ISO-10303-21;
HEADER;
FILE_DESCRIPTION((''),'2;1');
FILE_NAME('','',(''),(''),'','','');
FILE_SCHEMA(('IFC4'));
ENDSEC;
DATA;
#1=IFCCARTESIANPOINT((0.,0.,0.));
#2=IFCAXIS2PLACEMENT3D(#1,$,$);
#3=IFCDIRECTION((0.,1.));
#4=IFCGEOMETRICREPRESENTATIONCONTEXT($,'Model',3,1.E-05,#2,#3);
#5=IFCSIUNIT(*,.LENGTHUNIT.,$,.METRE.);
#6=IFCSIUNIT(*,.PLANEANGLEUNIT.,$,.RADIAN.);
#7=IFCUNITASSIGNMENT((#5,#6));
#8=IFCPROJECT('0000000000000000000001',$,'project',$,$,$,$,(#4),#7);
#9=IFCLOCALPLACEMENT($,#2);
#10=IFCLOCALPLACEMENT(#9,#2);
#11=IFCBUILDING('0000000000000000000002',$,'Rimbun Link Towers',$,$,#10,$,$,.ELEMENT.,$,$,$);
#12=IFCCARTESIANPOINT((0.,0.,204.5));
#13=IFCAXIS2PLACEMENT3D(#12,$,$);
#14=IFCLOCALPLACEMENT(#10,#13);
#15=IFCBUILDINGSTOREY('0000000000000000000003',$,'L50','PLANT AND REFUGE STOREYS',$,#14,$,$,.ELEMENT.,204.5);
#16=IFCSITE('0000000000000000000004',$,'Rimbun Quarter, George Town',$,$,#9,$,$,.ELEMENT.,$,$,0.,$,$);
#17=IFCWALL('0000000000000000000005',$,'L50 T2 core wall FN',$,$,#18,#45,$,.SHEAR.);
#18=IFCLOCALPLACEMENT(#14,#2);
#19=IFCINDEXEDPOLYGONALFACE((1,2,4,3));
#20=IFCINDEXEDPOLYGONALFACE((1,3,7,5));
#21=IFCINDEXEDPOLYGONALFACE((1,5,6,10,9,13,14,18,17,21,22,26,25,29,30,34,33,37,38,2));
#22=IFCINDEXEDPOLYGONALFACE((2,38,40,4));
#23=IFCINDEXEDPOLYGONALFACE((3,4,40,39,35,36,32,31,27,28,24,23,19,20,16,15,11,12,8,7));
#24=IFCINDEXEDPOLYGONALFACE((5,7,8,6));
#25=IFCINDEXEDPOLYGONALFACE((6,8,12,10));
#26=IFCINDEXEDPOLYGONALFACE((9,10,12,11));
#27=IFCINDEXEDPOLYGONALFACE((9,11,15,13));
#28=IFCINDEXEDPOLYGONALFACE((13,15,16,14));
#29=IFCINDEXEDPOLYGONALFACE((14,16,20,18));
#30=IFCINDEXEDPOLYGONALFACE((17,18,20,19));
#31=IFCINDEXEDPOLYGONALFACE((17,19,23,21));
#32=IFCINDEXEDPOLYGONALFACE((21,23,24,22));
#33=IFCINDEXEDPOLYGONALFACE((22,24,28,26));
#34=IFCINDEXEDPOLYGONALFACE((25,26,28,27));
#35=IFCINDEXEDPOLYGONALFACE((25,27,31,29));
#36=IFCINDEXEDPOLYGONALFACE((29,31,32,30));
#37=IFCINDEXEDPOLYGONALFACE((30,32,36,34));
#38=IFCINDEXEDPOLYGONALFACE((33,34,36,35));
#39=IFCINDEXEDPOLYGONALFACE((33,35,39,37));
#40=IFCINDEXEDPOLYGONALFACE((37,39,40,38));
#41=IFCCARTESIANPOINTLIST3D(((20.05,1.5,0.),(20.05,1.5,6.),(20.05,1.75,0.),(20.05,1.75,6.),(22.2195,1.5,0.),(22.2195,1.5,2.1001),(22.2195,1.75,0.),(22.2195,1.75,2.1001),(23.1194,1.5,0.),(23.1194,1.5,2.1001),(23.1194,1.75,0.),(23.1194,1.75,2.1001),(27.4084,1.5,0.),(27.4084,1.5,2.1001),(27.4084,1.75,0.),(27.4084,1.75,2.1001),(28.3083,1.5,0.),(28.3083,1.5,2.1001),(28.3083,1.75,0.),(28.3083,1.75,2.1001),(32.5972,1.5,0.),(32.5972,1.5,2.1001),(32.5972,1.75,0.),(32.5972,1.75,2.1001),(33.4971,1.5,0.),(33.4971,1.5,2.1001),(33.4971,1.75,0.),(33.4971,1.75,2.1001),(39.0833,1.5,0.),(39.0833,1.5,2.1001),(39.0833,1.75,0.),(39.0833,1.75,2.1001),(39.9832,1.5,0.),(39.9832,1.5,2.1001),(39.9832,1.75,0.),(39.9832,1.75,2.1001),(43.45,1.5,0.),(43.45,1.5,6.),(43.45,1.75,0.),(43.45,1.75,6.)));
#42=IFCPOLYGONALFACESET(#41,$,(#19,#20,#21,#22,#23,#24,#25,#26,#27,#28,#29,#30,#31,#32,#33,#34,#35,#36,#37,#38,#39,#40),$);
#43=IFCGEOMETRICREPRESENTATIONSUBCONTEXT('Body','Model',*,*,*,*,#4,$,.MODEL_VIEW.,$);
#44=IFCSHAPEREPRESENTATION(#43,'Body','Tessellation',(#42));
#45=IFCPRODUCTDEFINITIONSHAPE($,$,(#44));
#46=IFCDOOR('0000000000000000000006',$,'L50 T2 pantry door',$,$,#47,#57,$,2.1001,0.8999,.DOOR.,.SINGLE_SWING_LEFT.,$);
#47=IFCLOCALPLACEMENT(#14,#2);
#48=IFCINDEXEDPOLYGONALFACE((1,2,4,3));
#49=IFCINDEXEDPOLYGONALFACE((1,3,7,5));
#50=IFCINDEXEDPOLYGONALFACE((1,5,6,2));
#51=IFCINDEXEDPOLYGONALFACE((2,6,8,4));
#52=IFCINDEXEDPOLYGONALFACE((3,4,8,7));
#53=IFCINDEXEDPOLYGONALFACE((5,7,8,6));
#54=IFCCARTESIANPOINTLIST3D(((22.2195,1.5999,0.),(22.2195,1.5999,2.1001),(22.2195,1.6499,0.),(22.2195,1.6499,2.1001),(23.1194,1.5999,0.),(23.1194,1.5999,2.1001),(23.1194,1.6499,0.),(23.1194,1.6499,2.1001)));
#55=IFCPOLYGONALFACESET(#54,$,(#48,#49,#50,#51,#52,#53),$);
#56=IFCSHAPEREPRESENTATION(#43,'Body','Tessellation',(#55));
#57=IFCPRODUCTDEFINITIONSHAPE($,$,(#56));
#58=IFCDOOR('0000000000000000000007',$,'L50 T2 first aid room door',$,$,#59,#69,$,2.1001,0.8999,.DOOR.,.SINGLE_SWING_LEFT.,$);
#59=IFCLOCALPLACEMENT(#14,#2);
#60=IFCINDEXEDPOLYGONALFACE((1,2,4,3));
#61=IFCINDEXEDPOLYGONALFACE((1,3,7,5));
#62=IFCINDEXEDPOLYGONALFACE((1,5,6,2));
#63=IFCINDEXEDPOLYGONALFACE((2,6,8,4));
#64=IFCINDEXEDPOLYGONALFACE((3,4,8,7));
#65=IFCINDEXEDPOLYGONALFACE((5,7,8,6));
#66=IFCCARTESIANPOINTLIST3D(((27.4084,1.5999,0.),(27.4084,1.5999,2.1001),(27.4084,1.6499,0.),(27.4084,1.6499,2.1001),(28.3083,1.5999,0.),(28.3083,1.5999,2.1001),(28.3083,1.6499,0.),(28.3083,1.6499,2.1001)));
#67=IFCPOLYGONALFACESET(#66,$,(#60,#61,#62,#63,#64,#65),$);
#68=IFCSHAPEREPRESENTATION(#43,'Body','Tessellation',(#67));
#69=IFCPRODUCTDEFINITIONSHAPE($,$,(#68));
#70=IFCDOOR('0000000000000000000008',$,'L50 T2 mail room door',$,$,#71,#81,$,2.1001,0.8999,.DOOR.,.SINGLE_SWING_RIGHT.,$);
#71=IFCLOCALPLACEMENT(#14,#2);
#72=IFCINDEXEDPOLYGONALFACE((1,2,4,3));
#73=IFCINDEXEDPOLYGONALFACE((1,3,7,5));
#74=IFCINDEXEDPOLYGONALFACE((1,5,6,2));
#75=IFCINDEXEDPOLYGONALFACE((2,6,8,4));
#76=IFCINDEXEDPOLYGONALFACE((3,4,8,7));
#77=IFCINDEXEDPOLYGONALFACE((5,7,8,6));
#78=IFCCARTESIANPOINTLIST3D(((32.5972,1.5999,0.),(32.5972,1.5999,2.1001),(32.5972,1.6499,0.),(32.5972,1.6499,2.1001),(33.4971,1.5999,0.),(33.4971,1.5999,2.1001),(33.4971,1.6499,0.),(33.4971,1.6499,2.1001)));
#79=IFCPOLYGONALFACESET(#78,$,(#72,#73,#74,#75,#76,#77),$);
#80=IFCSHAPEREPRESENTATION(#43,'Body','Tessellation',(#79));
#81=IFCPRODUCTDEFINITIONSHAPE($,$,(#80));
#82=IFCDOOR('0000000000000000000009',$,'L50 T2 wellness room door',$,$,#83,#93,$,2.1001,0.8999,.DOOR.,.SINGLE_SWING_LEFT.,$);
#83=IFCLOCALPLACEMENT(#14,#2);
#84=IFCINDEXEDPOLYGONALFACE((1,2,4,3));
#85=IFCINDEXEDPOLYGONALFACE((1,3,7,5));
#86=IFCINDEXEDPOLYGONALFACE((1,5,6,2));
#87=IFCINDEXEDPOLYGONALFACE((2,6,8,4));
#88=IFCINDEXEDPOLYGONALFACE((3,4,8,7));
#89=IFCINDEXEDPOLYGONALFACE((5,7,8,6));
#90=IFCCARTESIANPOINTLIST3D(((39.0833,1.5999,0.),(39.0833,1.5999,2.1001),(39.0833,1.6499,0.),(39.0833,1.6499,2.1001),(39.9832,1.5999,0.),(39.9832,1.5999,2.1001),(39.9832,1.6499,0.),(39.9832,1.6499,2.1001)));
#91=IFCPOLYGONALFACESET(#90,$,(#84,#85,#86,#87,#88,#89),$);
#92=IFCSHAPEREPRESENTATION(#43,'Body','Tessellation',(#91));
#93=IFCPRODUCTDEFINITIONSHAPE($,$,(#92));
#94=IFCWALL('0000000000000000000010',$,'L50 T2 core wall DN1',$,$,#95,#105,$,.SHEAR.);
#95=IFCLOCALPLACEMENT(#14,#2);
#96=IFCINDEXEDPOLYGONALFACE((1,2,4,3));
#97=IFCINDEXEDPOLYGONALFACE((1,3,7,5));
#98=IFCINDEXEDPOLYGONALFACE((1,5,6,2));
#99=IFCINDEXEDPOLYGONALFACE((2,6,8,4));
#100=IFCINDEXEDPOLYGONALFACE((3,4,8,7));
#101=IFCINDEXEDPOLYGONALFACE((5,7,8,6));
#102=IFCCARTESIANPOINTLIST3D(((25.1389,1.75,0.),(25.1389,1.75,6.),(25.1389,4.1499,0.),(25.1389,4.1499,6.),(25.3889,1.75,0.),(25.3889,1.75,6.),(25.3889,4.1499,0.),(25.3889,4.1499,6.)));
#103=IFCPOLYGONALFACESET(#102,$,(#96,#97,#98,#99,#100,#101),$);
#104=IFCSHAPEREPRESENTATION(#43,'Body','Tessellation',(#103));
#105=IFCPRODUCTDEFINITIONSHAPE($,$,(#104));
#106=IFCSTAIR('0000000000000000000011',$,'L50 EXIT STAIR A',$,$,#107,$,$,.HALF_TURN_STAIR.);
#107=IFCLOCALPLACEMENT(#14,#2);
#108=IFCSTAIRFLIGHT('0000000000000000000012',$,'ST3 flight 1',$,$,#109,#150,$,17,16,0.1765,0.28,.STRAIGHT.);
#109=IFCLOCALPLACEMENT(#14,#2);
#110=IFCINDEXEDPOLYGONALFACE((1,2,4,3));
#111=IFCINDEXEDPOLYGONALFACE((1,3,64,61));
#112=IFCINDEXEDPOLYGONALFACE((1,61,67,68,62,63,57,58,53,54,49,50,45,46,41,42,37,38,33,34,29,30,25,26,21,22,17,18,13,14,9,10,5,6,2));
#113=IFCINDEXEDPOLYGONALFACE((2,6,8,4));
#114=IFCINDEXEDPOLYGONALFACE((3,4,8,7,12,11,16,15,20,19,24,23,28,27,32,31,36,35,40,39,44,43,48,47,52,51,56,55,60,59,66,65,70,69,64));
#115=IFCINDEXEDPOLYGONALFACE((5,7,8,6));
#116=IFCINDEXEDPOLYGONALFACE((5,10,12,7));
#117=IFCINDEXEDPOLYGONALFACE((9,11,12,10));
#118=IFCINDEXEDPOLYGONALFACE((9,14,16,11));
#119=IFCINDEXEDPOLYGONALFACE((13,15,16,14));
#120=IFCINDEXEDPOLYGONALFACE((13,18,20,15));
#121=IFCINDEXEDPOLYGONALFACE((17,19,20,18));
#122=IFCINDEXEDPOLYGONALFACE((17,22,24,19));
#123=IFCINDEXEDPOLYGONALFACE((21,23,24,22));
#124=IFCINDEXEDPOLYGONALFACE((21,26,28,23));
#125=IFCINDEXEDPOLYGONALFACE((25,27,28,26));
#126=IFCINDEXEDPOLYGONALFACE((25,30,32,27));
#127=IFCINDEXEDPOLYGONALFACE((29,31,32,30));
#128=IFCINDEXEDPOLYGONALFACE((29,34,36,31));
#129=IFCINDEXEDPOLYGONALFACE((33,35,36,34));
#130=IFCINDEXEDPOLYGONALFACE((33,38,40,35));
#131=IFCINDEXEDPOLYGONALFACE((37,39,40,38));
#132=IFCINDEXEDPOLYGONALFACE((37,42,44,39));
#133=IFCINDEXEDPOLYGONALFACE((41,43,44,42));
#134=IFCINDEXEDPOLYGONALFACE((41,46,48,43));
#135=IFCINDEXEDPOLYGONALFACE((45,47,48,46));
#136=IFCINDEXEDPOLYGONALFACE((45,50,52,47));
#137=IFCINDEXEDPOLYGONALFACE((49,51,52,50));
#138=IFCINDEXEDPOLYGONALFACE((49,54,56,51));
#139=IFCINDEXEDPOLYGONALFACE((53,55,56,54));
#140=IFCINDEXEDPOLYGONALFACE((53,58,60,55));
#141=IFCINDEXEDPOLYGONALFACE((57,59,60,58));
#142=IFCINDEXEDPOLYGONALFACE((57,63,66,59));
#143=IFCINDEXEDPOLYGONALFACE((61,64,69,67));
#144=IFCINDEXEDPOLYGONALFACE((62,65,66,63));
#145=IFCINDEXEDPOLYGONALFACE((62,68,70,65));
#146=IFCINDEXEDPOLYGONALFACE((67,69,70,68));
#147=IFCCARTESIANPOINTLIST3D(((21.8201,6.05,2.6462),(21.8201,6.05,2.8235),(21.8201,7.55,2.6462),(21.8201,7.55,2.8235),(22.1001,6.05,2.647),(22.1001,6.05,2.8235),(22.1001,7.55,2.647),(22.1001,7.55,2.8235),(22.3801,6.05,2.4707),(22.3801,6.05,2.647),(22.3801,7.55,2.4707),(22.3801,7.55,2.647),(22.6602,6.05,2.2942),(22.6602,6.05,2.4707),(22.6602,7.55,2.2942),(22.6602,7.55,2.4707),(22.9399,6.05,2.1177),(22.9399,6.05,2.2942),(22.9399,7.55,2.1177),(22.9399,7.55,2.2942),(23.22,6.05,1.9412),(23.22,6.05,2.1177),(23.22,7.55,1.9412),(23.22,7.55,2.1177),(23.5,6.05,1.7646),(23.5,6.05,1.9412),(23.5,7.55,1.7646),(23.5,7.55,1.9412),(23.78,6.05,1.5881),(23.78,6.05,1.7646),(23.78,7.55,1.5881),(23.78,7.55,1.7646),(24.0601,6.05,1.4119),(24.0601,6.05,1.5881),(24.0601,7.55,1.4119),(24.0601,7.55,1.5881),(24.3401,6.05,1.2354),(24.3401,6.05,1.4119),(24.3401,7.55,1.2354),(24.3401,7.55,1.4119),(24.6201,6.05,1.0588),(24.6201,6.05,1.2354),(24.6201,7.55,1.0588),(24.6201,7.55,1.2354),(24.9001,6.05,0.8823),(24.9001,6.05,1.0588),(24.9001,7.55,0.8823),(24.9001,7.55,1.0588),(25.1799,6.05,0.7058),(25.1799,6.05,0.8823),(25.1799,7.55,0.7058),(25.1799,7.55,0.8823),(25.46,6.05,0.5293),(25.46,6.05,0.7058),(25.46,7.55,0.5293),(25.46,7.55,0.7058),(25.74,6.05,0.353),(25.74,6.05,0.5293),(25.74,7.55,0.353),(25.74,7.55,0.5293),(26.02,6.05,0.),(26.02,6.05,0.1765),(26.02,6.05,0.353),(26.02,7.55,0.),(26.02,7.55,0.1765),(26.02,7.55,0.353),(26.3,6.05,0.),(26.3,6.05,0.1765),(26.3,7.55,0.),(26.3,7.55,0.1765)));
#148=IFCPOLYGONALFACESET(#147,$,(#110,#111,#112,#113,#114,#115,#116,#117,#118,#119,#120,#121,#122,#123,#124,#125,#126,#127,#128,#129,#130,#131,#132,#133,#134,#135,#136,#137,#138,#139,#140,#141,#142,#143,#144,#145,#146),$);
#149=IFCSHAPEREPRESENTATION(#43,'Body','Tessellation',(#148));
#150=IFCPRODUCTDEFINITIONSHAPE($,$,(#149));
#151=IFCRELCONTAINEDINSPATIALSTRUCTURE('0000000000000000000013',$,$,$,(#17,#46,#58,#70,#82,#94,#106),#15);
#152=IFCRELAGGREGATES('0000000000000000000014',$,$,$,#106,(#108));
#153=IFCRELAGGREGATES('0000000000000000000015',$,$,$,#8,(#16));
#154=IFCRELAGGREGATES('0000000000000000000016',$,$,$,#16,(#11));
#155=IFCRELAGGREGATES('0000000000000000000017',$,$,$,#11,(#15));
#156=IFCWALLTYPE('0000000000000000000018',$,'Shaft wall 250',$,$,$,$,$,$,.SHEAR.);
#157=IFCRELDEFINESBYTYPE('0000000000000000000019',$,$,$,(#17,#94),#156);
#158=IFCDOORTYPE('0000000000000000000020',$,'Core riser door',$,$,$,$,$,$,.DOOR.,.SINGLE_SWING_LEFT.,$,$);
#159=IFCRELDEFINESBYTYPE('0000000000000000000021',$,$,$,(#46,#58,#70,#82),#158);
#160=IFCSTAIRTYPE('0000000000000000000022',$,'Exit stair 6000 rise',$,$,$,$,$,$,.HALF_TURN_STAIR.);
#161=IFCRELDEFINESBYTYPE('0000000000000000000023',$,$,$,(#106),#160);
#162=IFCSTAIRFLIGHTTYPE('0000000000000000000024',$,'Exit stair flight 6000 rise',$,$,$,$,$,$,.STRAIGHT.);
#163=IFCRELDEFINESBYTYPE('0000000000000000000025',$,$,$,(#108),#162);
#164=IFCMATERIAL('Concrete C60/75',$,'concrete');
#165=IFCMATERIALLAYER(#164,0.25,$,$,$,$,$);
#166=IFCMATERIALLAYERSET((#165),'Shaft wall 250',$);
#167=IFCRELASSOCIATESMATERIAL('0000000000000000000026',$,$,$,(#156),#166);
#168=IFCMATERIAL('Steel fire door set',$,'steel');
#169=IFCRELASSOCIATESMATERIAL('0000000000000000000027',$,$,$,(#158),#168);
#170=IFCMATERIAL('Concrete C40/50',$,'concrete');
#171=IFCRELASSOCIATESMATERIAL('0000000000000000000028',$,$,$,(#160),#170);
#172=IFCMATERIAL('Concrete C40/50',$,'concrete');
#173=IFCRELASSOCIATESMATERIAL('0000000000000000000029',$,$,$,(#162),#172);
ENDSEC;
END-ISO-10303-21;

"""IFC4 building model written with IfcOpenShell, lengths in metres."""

from ifc_helpers import new_model, si_unit, direction, frame, frame_2d, origin, place, context, subcontext, project, spatial, polyline, rectangle, outline, extrude, material, layer, layer_set, type_object, element, fill, aggregate, save


model = new_model("IFC4")

# Units and contexts
model_context = context("Model", 3, precision=1e-05, world=origin(), true_north=direction((0.0, 1.0)))
body_context = subcontext(model_context, "Body", "Model", "MODEL_VIEW")
ifc_project = project(units=[si_unit("LENGTHUNIT", "METRE"), si_unit("PLANEANGLEUNIT", "RADIAN")], contexts=[model_context])

# Site, building, storey
site_placement = place(None, origin())
site = spatial("IfcSite", under=ifc_project, at=site_placement, Name="Rimbun Quarter, George Town", CompositionType="ELEMENT", RefElevation=0.0)
building_placement = place(site_placement, origin())
building = spatial("IfcBuilding", under=site, at=building_placement, Name="Rimbun Link Towers", CompositionType="ELEMENT")
storey_placement = place(building_placement, frame((0.0, 0.0, 204.5)))
storey = spatial("IfcBuildingStorey", under=building, at=storey_placement, Name="L50", Description="PLANT AND REFUGE STOREYS", CompositionType="ELEMENT", Elevation=204.5)

# Shared definitions
ifc_material_1 = material(Name="Concrete C60/75", Category="concrete")
ifc_layer_1 = layer(ifc_material_1, 0.25)
ifc_layer_set_1 = layer_set([ifc_layer_1], Name="Shaft wall 250")
wall_type_1 = type_object("IfcWallType", Name="Shaft wall 250", PredefinedType="SHEAR", material=ifc_layer_set_1)

# Wall, openings, doors
wall_1_placement = place(storey_placement, frame((20.05, 1.625, 0.0), z_axis=(0.0, 0.0, 1.0), x_axis=(1.0, 0.0, 0.0)))
wall_1 = element("IfcWall", 1, at=wall_1_placement, inside=storey, type_object=wall_type_1, Name="L50 T2 core wall FN", PredefinedType="SHEAR", context=body_context, shape_type="SweptSolid", body=[
    extrude(rectangle(XDim=23.3999, YDim=0.25, at=frame_2d((11.7, 0.0))), origin(), (0.0, 0.0, 1.0), 6.0),
])
opening_1_placement = place(wall_1_placement, frame((2.1694, 0.0, 0.0)))
opening_1 = element("IfcOpeningElement", 2, at=opening_1_placement, cuts=wall_1, PredefinedType="OPENING", context=body_context, shape_type="SweptSolid", body=[
    extrude(rectangle(XDim=0.8999, YDim=2.1001, at=frame_2d((0.45, 1.05))), frame((0.0, 0.135, 0.0), z_axis=(0.0, -1.0, 0.0), x_axis=(1.0, 0.0, 0.0)), (0.0, 0.0, 1.0), 0.27),
])
opening_2_placement = place(wall_1_placement, frame((7.3584, 0.0, 0.0)))
opening_2 = element("IfcOpeningElement", 3, at=opening_2_placement, cuts=wall_1, PredefinedType="OPENING", context=body_context, shape_type="SweptSolid", body=[
    extrude(rectangle(XDim=0.8999, YDim=2.1001, at=frame_2d((0.45, 1.05))), frame((0.0, 0.135, 0.0), z_axis=(0.0, -1.0, 0.0), x_axis=(1.0, 0.0, 0.0)), (0.0, 0.0, 1.0), 0.27),
])
opening_3_placement = place(wall_1_placement, frame((12.5471, 0.0, 0.0)))
opening_3 = element("IfcOpeningElement", 4, at=opening_3_placement, cuts=wall_1, PredefinedType="OPENING", context=body_context, shape_type="SweptSolid", body=[
    extrude(rectangle(XDim=0.8999, YDim=2.1001, at=frame_2d((0.45, 1.05))), frame((0.0, 0.135, 0.0), z_axis=(0.0, -1.0, 0.0), x_axis=(1.0, 0.0, 0.0)), (0.0, 0.0, 1.0), 0.27),
])
opening_4_placement = place(wall_1_placement, frame((19.0332, 0.0, 0.0)))
opening_4 = element("IfcOpeningElement", 5, at=opening_4_placement, cuts=wall_1, PredefinedType="OPENING", context=body_context, shape_type="SweptSolid", body=[
    extrude(rectangle(XDim=0.8999, YDim=2.1001, at=frame_2d((0.45, 1.05))), frame((0.0, 0.135, 0.0), z_axis=(0.0, -1.0, 0.0), x_axis=(1.0, 0.0, 0.0)), (0.0, 0.0, 1.0), 0.27),
])
ifc_material_2 = material(Name="Steel fire door set", Category="steel")
door_type_1 = type_object("IfcDoorType", Name="Core riser door", OperationType="SINGLE_SWING_LEFT", PredefinedType="DOOR", material=ifc_material_2)
door_1_placement = place(opening_1_placement, origin())
door_1 = element("IfcDoor", 6, at=door_1_placement, inside=storey, type_object=door_type_1, Name="L50 T2 pantry door", OperationType="SINGLE_SWING_LEFT", OverallHeight=2.1001, OverallWidth=0.8999, PredefinedType="DOOR", context=body_context, shape_type="SweptSolid", body=[
    extrude(rectangle(XDim=0.8999, YDim=2.1001, at=frame_2d((0.45, 1.05))), frame((0.0, 0.0249, 0.0), z_axis=(0.0, -1.0, 0.0), x_axis=(1.0, 0.0, 0.0)), (0.0, 0.0, 1.0), 0.05),
])
fill(opening_1, door_1)
door_2_placement = place(opening_2_placement, origin())
door_2 = element("IfcDoor", 7, at=door_2_placement, inside=storey, type_object=door_type_1, Name="L50 T2 first aid room door", OperationType="SINGLE_SWING_LEFT", OverallHeight=2.1001, OverallWidth=0.8999, PredefinedType="DOOR", context=body_context, shape_type="SweptSolid", body=[
    extrude(rectangle(XDim=0.8999, YDim=2.1001, at=frame_2d((0.45, 1.05))), frame((0.0, 0.0249, 0.0), z_axis=(0.0, -1.0, 0.0), x_axis=(1.0, 0.0, 0.0)), (0.0, 0.0, 1.0), 0.05),
])
fill(opening_2, door_2)
door_3_placement = place(opening_3_placement, origin())
door_3 = element("IfcDoor", 8, at=door_3_placement, inside=storey, type_object=door_type_1, Name="L50 T2 mail room door", OperationType="SINGLE_SWING_RIGHT", OverallHeight=2.1001, OverallWidth=0.8999, PredefinedType="DOOR", context=body_context, shape_type="SweptSolid", body=[
    extrude(rectangle(XDim=0.8999, YDim=2.1001, at=frame_2d((0.45, 1.05))), frame((0.0, 0.0249, 0.0), z_axis=(0.0, -1.0, 0.0), x_axis=(1.0, 0.0, 0.0)), (0.0, 0.0, 1.0), 0.05),
])
fill(opening_3, door_3)
door_4_placement = place(opening_4_placement, origin())
door_4 = element("IfcDoor", 9, at=door_4_placement, inside=storey, type_object=door_type_1, Name="L50 T2 wellness room door", OperationType="SINGLE_SWING_LEFT", OverallHeight=2.1001, OverallWidth=0.8999, PredefinedType="DOOR", context=body_context, shape_type="SweptSolid", body=[
    extrude(rectangle(XDim=0.8999, YDim=2.1001, at=frame_2d((0.45, 1.05))), frame((0.0, 0.0249, 0.0), z_axis=(0.0, -1.0, 0.0), x_axis=(1.0, 0.0, 0.0)), (0.0, 0.0, 1.0), 0.05),
])
fill(opening_4, door_4)

# Wall
wall_2_placement = place(storey_placement, frame((25.2639, 1.75, 0.0), z_axis=(0.0, 0.0, 1.0), x_axis=(0.0, 1.0, 0.0)))
element("IfcWall", 10, at=wall_2_placement, inside=storey, type_object=wall_type_1, Name="L50 T2 core wall DN1", PredefinedType="SHEAR", context=body_context, shape_type="SweptSolid", body=[
    extrude(rectangle(XDim=2.3999, YDim=0.25, at=frame_2d((1.2, 0.0))), origin(), (0.0, 0.0, 1.0), 6.0),
])

# Stair, stair flight
ifc_material_3 = material(Name="Concrete C40/50", Category="concrete")
stair_type = type_object("IfcStairType", Name="Exit stair 6000 rise", PredefinedType="HALF_TURN_STAIR", material=ifc_material_3)
stair_placement = place(storey_placement, origin())
stair = element("IfcStair", 11, at=stair_placement, inside=storey, type_object=stair_type, Name="L50 EXIT STAIR A", PredefinedType="HALF_TURN_STAIR")
ifc_material_4 = material(Name="Concrete C40/50", Category="concrete")
stair_flight_type = type_object("IfcStairFlightType", Name="Exit stair flight 6000 rise", PredefinedType="STRAIGHT", material=ifc_material_4)
stair_flight_1_placement = place(storey_placement, frame((26.3, 6.8, 0.0), z_axis=(0.0, 0.0, 1.0), x_axis=(-1.0, 0.0, 0.0)))
stair_flight_1 = element("IfcStairFlight", 12, at=stair_flight_1_placement, type_object=stair_flight_type, Name="ST3 flight 1", NumberOfRisers=17, NumberOfTreads=16, PredefinedType="STRAIGHT", RiserHeight=0.1765, TreadLength=0.28, context=body_context, shape_type="SweptSolid", body=[
    extrude(outline(polyline([(0.0, 0.0), (0.0, 0.1765), (0.28, 0.1765), (0.28, 0.353), (0.5601, 0.353), (0.5601, 0.5293), (0.8401, 0.5293), (0.8401, 0.7058), (1.1201, 0.7058), (1.1201, 0.8823), (1.3999, 0.8823), (1.3999, 1.0588), (1.6799, 1.0588), (1.6799, 1.2354), (1.96, 1.2354), (1.96, 1.4119), (2.24, 1.4119), (2.24, 1.5881), (2.52, 1.5881), (2.52, 1.7646), (2.8, 1.7646), (2.8, 1.9412), (3.0801, 1.9412), (3.0801, 2.1177), (3.3601, 2.1177), (3.3601, 2.2942), (3.6399, 2.2942), (3.6399, 2.4707), (3.9199, 2.4707), (3.9199, 2.647), (4.2, 2.647), (4.2, 2.8235), (4.48, 2.8235), (4.48, 3.0), (4.48, 2.6462), (0.28, 0.0), (0.0, 0.0)])), frame((0.0, 0.75, 0.0), z_axis=(0.0, -1.0, 0.0), x_axis=(1.0, 0.0, 0.0)), (0.0, 0.0, 1.0), 1.5),
])
aggregate(stair, [stair_flight_1])

save(model, "model.ifc")
